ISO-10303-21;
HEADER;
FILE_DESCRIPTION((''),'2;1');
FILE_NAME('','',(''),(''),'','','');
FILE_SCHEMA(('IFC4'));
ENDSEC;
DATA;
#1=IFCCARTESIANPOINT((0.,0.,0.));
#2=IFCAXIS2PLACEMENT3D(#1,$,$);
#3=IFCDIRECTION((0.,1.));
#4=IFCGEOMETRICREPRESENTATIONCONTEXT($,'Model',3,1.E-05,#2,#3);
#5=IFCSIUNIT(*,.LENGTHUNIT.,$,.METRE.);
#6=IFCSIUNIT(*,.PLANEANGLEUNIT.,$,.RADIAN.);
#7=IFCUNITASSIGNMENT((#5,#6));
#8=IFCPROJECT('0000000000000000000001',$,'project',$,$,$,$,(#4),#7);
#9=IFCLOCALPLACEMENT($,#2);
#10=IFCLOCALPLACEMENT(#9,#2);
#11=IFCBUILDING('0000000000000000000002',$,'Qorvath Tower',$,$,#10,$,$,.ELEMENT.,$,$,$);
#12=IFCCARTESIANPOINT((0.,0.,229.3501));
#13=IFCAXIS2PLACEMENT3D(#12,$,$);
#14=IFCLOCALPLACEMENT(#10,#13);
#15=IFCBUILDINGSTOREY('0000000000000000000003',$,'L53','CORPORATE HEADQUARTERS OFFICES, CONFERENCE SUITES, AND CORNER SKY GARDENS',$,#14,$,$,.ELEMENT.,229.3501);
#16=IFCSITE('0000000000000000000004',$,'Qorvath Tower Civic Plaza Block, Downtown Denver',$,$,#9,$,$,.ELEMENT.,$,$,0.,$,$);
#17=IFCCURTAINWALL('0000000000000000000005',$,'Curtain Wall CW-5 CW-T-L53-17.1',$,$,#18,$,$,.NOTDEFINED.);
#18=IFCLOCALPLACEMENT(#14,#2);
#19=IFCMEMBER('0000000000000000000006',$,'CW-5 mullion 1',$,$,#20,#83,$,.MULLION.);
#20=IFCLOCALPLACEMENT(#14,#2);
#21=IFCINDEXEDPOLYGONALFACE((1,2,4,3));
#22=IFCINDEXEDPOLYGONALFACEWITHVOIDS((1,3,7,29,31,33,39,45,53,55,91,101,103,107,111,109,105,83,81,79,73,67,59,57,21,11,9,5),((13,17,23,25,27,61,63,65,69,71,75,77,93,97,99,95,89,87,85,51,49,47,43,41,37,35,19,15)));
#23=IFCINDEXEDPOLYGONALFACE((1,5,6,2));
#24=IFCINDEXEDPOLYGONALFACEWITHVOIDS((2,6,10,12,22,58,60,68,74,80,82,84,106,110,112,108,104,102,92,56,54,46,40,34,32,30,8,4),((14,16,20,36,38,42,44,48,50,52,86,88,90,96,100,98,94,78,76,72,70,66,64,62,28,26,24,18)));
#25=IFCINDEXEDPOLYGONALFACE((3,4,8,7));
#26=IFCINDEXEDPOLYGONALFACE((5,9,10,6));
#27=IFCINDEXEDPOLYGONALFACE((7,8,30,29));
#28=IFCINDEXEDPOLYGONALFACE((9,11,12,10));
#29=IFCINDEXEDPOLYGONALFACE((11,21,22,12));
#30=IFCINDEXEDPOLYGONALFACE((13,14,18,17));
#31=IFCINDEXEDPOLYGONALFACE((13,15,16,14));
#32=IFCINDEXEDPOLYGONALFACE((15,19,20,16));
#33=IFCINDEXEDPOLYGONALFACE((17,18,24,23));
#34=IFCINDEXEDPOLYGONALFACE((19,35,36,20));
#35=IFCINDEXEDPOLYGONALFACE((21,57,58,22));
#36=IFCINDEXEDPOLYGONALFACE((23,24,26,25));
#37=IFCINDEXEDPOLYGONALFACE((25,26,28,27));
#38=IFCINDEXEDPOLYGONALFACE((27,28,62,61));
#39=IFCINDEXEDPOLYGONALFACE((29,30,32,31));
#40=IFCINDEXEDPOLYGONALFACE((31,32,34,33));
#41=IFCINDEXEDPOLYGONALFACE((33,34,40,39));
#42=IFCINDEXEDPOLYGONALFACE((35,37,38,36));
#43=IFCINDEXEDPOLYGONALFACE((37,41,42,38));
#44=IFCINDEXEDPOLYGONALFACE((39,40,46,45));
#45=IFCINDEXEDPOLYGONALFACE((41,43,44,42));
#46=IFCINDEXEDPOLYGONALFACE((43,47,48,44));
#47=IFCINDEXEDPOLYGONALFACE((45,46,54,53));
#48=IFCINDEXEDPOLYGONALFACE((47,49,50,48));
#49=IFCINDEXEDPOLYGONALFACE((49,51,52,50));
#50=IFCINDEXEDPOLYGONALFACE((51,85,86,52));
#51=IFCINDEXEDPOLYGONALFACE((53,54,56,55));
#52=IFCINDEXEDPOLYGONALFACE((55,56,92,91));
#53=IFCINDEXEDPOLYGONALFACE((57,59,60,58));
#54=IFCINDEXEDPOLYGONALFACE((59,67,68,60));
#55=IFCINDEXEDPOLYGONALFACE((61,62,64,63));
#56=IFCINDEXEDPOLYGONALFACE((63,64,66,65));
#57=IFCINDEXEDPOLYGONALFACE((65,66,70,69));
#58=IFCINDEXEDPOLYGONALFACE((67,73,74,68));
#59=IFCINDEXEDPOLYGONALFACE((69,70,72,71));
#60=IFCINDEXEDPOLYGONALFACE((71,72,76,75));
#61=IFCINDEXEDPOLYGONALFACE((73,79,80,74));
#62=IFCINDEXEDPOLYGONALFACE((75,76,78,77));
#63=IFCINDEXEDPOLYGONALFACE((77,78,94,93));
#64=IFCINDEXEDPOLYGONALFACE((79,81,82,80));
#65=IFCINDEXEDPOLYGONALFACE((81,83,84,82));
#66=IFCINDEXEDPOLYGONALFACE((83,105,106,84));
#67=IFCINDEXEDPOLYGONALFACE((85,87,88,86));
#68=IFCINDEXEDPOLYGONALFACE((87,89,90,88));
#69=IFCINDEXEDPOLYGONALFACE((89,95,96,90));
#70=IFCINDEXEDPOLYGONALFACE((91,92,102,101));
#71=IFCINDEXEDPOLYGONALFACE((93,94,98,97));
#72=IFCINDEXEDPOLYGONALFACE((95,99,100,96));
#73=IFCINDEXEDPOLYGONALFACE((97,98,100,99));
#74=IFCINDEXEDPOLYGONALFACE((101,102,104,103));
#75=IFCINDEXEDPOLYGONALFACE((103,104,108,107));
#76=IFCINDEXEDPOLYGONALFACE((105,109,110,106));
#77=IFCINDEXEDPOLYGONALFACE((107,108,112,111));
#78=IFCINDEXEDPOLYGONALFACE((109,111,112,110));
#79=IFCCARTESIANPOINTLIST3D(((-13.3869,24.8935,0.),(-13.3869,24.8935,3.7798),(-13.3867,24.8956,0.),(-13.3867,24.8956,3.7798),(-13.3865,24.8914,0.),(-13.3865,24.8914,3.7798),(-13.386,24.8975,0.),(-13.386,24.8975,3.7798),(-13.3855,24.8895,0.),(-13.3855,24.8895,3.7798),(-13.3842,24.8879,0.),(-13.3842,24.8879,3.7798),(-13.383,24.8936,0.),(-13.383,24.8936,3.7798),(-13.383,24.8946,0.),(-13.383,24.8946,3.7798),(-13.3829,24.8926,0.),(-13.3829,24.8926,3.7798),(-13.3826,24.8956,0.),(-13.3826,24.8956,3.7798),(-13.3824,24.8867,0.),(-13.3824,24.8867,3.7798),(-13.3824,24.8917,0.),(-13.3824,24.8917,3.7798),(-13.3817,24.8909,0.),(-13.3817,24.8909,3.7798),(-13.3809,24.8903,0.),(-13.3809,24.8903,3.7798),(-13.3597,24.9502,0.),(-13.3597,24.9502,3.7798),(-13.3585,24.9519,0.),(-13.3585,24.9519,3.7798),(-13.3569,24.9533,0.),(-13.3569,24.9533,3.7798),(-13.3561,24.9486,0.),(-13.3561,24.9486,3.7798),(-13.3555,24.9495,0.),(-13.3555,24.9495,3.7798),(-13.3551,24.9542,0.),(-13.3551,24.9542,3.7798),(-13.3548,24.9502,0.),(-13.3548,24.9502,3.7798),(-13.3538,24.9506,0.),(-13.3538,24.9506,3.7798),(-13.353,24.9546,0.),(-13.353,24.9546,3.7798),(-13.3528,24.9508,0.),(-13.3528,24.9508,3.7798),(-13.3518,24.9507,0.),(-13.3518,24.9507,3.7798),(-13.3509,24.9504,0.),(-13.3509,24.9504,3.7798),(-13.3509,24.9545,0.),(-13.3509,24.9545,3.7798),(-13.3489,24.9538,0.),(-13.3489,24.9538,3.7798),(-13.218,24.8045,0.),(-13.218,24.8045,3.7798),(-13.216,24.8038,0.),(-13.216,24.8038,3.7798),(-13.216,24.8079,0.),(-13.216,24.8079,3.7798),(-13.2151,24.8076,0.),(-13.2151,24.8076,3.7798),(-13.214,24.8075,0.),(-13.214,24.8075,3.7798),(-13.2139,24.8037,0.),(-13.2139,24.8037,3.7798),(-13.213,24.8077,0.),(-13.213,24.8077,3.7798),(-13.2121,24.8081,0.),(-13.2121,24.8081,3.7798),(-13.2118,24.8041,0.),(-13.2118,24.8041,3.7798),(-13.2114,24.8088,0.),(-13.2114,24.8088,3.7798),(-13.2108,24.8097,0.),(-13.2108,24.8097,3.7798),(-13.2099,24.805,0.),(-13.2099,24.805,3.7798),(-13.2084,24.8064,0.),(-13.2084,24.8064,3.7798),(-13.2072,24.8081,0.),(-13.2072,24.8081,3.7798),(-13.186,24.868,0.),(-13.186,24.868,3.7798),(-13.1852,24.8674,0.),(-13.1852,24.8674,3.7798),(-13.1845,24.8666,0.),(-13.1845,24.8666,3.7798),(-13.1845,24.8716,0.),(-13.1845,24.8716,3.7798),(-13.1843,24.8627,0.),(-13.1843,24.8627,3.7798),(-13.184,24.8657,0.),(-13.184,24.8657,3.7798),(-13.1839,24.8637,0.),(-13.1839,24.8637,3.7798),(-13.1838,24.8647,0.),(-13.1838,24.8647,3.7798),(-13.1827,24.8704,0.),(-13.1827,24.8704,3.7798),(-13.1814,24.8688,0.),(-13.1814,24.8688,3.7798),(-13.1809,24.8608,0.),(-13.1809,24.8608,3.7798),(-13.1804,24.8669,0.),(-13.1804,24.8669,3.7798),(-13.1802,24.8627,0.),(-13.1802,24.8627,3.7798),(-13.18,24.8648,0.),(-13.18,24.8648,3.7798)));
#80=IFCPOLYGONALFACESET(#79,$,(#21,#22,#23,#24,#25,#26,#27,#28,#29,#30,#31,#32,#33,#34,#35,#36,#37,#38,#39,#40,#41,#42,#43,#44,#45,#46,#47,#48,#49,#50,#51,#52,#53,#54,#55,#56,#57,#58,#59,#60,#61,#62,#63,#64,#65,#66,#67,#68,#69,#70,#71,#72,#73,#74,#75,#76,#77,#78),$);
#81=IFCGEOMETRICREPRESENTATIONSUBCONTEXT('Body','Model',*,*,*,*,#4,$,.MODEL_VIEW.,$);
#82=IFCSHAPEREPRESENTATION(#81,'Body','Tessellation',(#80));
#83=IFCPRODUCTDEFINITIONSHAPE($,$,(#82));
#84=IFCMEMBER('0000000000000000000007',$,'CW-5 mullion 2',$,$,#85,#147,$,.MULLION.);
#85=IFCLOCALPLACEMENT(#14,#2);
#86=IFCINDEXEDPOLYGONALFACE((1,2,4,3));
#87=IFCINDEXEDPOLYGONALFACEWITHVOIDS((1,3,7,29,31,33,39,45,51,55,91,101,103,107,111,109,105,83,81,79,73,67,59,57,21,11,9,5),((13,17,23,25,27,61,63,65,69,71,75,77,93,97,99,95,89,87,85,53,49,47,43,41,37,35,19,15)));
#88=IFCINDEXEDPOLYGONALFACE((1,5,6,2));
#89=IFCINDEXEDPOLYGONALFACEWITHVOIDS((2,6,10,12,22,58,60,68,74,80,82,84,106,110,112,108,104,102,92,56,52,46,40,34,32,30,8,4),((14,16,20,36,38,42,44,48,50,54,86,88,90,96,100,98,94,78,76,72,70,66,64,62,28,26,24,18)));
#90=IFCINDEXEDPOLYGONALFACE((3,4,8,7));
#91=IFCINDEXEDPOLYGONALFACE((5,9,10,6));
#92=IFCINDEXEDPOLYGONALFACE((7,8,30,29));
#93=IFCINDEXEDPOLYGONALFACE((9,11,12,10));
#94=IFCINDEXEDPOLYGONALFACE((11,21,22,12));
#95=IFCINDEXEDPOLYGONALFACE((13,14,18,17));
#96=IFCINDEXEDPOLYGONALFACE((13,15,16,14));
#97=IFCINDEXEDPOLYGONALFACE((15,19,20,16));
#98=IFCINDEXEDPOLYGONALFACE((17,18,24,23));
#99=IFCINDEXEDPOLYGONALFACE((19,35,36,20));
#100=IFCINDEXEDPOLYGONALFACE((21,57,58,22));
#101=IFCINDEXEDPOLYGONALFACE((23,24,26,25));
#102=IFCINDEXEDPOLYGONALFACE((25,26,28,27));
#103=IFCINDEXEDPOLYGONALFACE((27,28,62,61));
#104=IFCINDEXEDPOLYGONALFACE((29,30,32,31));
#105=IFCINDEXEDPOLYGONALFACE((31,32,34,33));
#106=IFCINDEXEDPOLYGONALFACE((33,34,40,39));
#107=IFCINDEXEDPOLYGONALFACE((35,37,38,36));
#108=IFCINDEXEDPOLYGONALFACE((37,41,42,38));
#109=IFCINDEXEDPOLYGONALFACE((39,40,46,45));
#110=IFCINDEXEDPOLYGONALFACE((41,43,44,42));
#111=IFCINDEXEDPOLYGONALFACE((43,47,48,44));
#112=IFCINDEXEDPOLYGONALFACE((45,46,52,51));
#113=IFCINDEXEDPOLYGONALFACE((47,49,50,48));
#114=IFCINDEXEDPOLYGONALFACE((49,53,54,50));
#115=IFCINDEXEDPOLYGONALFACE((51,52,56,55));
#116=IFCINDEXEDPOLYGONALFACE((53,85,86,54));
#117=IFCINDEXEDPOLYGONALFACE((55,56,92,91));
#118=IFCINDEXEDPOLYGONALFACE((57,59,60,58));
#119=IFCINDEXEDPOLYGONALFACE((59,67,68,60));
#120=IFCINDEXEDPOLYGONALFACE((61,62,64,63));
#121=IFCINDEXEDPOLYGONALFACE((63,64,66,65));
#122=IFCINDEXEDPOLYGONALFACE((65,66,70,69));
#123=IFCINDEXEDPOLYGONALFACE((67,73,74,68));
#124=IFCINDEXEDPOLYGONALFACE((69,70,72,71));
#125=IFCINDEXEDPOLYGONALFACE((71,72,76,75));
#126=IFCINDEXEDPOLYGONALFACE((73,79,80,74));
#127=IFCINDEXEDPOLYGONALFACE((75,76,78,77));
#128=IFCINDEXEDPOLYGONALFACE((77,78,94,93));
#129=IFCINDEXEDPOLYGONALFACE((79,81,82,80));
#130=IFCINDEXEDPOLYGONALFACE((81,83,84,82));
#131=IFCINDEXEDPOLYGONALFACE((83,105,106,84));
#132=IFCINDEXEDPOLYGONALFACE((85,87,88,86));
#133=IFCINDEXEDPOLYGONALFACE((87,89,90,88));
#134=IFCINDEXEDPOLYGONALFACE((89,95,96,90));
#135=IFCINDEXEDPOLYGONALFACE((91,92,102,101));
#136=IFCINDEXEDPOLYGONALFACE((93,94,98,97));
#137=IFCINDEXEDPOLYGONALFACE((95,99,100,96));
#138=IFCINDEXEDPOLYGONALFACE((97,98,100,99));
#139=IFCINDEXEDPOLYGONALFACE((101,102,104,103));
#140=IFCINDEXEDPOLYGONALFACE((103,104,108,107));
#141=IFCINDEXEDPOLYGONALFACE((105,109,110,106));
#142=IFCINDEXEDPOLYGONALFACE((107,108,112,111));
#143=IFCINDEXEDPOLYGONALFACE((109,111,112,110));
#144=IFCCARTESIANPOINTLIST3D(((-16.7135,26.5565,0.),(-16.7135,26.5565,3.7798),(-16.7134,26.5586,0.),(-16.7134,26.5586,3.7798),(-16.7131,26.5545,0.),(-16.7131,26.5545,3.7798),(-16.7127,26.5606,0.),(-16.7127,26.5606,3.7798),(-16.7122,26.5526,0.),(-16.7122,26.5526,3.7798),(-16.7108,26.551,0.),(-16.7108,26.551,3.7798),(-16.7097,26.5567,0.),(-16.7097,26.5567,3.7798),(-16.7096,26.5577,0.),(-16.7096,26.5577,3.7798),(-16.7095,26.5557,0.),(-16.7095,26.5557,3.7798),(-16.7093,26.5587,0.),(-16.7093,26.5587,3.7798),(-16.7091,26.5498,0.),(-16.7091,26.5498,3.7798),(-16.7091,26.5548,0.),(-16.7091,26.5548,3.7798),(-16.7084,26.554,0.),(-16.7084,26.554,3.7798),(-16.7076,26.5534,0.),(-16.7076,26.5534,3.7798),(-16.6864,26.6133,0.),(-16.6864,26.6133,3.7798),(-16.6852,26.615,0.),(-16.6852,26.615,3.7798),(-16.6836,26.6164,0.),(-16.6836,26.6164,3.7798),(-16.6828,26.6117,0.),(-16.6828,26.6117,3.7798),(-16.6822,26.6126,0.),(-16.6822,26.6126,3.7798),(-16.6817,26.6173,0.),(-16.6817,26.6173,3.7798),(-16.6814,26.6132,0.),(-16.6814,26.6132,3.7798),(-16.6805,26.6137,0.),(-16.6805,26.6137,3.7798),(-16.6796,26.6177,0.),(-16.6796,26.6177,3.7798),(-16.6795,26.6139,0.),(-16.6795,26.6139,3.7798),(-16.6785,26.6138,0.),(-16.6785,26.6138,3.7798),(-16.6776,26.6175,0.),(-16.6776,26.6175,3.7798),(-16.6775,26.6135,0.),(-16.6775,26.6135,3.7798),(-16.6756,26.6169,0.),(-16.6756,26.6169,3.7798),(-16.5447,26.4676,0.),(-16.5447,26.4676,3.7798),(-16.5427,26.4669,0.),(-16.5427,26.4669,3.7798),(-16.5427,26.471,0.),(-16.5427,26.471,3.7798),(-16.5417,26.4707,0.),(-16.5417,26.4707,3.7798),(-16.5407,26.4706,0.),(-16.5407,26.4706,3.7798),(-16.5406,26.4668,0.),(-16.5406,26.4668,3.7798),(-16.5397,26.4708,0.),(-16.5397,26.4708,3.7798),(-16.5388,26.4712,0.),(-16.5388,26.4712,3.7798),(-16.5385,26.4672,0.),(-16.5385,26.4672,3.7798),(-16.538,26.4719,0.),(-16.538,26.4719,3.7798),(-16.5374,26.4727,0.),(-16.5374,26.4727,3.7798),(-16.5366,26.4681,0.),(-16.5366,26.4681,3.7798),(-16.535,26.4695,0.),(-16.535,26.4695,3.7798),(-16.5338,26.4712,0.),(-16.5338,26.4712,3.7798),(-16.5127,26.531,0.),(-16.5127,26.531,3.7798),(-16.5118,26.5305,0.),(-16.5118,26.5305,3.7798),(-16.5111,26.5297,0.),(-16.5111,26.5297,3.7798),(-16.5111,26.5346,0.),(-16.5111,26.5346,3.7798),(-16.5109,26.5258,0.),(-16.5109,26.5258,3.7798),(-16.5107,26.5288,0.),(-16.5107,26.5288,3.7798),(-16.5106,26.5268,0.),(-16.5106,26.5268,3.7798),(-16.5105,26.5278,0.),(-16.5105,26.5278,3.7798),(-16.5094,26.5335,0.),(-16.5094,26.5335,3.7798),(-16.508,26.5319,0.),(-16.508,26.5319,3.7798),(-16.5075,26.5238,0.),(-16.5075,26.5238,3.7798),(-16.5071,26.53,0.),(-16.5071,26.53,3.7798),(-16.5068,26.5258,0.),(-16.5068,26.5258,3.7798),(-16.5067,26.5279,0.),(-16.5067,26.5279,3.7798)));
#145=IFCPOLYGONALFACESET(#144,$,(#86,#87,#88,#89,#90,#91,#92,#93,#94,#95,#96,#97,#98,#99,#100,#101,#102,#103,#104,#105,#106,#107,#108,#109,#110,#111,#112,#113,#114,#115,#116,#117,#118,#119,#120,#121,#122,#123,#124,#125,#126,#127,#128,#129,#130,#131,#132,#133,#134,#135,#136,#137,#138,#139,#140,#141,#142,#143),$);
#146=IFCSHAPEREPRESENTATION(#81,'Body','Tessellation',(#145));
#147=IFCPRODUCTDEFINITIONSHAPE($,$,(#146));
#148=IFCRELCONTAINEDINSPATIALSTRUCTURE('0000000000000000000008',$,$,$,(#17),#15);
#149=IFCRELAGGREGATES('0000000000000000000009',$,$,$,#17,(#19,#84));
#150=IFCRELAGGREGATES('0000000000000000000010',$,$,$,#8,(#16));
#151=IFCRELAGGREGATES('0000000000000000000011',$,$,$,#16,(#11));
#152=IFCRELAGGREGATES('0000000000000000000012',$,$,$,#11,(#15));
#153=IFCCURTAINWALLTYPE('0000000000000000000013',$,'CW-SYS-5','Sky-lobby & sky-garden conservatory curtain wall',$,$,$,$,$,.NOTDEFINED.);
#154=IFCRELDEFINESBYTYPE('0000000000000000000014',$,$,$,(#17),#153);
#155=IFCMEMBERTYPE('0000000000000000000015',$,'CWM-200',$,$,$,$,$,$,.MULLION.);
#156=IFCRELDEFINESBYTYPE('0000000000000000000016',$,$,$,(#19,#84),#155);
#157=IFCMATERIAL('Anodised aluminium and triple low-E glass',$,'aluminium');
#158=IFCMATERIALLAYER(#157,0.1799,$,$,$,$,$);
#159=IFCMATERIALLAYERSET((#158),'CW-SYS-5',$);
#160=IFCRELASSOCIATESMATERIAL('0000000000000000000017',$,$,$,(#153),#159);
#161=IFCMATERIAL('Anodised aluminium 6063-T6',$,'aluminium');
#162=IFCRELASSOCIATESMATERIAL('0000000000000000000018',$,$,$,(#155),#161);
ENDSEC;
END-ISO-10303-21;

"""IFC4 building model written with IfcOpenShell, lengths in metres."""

from ifc_helpers import new_model, si_unit, direction, frame, origin, origin_2d, place, context, subcontext, project, spatial, hollow_rectangle, extrude, material, layer, layer_set, material_profile, profile_set, type_object, element, aggregate, save


model = new_model("IFC4")

# Units and contexts
model_context = context("Model", 3, precision=1e-05, world=origin(), true_north=direction((0.0, 1.0)))
body_context = subcontext(model_context, "Body", "Model", "MODEL_VIEW")
ifc_project = project(units=[si_unit("LENGTHUNIT", "METRE"), si_unit("PLANEANGLEUNIT", "RADIAN")], contexts=[model_context])

# Site, building, storey
site_placement = place(None, origin())
site = spatial("IfcSite", under=ifc_project, at=site_placement, Name="Qorvath Tower Civic Plaza Block, Downtown Denver", CompositionType="ELEMENT", RefElevation=0.0)
building_placement = place(site_placement, origin())
building = spatial("IfcBuilding", under=site, at=building_placement, Name="Qorvath Tower", CompositionType="ELEMENT")
storey_placement = place(building_placement, frame((0.0, 0.0, 229.3501)))
storey = spatial("IfcBuildingStorey", under=building, at=storey_placement, Name="L53", Description="CORPORATE HEADQUARTERS OFFICES, CONFERENCE SUITES, AND CORNER SKY GARDENS", CompositionType="ELEMENT", Elevation=229.3501)

# Shared definitions
ifc_material_1 = material(Name="Anodised aluminium and triple low-E glass", Category="aluminium")
ifc_layer_1 = layer(ifc_material_1, 0.1799)
ifc_layer_set_1 = layer_set([ifc_layer_1], Name="CW-SYS-5")
curtain_wall_type = type_object("IfcCurtainWallType", Name="CW-SYS-5", Description="Sky-lobby & sky-garden conservatory curtain wall", PredefinedType="NOTDEFINED", material=ifc_layer_set_1)
ifc_material_2 = material(Name="Anodised aluminium 6063-T6", Category="aluminium")
ifc_material_profile_1 = material_profile(ifc_material_2, hollow_rectangle(XDim=0.075, YDim=0.2, WallThickness=0.0039, InnerFilletRadius=0.0039, OuterFilletRadius=0.0081, at=origin_2d()), Name="CWM 200x75")
ifc_profile_set_1 = profile_set([ifc_material_profile_1], Name="Anodised aluminium 6063-T6")
member_type_1 = type_object("IfcMemberType", Name="CWM-200", PredefinedType="MULLION", material=ifc_profile_set_1)

# Curtain wall, members
curtain_wall_1_placement = place(storey_placement, origin())
curtain_wall_1 = element("IfcCurtainWall", 1, at=curtain_wall_1_placement, inside=storey, type_object=curtain_wall_type, Name="Curtain Wall CW-5 CW-T-L53-17.1", PredefinedType="NOTDEFINED")
member_1_placement = place(storey_placement, frame((-13.2834, 24.8792, 0.0), z_axis=(0.0, 0.0, 1.0), x_axis=(-0.447214, -0.894427, 0.0)))
member_1 = element("IfcMember", 2, at=member_1_placement, type_object=member_type_1, Name="CW-5 mullion 1", PredefinedType="MULLION", context=body_context, shape_type="SweptSolid", body=[
    extrude(hollow_rectangle(XDim=0.075, YDim=0.2, WallThickness=0.0039, InnerFilletRadius=0.0039, OuterFilletRadius=0.0081, at=origin_2d()), origin(), (0.0, 0.0, 1.0), 3.7798),
])
member_2_placement = place(storey_placement, frame((-16.6101, 26.5422, 0.0), z_axis=(0.0, 0.0, 1.0), x_axis=(-0.447214, -0.894427, 0.0)))
member_2 = element("IfcMember", 3, at=member_2_placement, type_object=member_type_1, Name="CW-5 mullion 2", PredefinedType="MULLION", context=body_context, shape_type="SweptSolid", body=[
    extrude(hollow_rectangle(XDim=0.075, YDim=0.2, WallThickness=0.0039, InnerFilletRadius=0.0039, OuterFilletRadius=0.0081, at=origin_2d()), origin(), (0.0, 0.0, 1.0), 3.7798),
])

aggregate(curtain_wall_1, [member_1, member_2])

save(model, "model.ifc")
